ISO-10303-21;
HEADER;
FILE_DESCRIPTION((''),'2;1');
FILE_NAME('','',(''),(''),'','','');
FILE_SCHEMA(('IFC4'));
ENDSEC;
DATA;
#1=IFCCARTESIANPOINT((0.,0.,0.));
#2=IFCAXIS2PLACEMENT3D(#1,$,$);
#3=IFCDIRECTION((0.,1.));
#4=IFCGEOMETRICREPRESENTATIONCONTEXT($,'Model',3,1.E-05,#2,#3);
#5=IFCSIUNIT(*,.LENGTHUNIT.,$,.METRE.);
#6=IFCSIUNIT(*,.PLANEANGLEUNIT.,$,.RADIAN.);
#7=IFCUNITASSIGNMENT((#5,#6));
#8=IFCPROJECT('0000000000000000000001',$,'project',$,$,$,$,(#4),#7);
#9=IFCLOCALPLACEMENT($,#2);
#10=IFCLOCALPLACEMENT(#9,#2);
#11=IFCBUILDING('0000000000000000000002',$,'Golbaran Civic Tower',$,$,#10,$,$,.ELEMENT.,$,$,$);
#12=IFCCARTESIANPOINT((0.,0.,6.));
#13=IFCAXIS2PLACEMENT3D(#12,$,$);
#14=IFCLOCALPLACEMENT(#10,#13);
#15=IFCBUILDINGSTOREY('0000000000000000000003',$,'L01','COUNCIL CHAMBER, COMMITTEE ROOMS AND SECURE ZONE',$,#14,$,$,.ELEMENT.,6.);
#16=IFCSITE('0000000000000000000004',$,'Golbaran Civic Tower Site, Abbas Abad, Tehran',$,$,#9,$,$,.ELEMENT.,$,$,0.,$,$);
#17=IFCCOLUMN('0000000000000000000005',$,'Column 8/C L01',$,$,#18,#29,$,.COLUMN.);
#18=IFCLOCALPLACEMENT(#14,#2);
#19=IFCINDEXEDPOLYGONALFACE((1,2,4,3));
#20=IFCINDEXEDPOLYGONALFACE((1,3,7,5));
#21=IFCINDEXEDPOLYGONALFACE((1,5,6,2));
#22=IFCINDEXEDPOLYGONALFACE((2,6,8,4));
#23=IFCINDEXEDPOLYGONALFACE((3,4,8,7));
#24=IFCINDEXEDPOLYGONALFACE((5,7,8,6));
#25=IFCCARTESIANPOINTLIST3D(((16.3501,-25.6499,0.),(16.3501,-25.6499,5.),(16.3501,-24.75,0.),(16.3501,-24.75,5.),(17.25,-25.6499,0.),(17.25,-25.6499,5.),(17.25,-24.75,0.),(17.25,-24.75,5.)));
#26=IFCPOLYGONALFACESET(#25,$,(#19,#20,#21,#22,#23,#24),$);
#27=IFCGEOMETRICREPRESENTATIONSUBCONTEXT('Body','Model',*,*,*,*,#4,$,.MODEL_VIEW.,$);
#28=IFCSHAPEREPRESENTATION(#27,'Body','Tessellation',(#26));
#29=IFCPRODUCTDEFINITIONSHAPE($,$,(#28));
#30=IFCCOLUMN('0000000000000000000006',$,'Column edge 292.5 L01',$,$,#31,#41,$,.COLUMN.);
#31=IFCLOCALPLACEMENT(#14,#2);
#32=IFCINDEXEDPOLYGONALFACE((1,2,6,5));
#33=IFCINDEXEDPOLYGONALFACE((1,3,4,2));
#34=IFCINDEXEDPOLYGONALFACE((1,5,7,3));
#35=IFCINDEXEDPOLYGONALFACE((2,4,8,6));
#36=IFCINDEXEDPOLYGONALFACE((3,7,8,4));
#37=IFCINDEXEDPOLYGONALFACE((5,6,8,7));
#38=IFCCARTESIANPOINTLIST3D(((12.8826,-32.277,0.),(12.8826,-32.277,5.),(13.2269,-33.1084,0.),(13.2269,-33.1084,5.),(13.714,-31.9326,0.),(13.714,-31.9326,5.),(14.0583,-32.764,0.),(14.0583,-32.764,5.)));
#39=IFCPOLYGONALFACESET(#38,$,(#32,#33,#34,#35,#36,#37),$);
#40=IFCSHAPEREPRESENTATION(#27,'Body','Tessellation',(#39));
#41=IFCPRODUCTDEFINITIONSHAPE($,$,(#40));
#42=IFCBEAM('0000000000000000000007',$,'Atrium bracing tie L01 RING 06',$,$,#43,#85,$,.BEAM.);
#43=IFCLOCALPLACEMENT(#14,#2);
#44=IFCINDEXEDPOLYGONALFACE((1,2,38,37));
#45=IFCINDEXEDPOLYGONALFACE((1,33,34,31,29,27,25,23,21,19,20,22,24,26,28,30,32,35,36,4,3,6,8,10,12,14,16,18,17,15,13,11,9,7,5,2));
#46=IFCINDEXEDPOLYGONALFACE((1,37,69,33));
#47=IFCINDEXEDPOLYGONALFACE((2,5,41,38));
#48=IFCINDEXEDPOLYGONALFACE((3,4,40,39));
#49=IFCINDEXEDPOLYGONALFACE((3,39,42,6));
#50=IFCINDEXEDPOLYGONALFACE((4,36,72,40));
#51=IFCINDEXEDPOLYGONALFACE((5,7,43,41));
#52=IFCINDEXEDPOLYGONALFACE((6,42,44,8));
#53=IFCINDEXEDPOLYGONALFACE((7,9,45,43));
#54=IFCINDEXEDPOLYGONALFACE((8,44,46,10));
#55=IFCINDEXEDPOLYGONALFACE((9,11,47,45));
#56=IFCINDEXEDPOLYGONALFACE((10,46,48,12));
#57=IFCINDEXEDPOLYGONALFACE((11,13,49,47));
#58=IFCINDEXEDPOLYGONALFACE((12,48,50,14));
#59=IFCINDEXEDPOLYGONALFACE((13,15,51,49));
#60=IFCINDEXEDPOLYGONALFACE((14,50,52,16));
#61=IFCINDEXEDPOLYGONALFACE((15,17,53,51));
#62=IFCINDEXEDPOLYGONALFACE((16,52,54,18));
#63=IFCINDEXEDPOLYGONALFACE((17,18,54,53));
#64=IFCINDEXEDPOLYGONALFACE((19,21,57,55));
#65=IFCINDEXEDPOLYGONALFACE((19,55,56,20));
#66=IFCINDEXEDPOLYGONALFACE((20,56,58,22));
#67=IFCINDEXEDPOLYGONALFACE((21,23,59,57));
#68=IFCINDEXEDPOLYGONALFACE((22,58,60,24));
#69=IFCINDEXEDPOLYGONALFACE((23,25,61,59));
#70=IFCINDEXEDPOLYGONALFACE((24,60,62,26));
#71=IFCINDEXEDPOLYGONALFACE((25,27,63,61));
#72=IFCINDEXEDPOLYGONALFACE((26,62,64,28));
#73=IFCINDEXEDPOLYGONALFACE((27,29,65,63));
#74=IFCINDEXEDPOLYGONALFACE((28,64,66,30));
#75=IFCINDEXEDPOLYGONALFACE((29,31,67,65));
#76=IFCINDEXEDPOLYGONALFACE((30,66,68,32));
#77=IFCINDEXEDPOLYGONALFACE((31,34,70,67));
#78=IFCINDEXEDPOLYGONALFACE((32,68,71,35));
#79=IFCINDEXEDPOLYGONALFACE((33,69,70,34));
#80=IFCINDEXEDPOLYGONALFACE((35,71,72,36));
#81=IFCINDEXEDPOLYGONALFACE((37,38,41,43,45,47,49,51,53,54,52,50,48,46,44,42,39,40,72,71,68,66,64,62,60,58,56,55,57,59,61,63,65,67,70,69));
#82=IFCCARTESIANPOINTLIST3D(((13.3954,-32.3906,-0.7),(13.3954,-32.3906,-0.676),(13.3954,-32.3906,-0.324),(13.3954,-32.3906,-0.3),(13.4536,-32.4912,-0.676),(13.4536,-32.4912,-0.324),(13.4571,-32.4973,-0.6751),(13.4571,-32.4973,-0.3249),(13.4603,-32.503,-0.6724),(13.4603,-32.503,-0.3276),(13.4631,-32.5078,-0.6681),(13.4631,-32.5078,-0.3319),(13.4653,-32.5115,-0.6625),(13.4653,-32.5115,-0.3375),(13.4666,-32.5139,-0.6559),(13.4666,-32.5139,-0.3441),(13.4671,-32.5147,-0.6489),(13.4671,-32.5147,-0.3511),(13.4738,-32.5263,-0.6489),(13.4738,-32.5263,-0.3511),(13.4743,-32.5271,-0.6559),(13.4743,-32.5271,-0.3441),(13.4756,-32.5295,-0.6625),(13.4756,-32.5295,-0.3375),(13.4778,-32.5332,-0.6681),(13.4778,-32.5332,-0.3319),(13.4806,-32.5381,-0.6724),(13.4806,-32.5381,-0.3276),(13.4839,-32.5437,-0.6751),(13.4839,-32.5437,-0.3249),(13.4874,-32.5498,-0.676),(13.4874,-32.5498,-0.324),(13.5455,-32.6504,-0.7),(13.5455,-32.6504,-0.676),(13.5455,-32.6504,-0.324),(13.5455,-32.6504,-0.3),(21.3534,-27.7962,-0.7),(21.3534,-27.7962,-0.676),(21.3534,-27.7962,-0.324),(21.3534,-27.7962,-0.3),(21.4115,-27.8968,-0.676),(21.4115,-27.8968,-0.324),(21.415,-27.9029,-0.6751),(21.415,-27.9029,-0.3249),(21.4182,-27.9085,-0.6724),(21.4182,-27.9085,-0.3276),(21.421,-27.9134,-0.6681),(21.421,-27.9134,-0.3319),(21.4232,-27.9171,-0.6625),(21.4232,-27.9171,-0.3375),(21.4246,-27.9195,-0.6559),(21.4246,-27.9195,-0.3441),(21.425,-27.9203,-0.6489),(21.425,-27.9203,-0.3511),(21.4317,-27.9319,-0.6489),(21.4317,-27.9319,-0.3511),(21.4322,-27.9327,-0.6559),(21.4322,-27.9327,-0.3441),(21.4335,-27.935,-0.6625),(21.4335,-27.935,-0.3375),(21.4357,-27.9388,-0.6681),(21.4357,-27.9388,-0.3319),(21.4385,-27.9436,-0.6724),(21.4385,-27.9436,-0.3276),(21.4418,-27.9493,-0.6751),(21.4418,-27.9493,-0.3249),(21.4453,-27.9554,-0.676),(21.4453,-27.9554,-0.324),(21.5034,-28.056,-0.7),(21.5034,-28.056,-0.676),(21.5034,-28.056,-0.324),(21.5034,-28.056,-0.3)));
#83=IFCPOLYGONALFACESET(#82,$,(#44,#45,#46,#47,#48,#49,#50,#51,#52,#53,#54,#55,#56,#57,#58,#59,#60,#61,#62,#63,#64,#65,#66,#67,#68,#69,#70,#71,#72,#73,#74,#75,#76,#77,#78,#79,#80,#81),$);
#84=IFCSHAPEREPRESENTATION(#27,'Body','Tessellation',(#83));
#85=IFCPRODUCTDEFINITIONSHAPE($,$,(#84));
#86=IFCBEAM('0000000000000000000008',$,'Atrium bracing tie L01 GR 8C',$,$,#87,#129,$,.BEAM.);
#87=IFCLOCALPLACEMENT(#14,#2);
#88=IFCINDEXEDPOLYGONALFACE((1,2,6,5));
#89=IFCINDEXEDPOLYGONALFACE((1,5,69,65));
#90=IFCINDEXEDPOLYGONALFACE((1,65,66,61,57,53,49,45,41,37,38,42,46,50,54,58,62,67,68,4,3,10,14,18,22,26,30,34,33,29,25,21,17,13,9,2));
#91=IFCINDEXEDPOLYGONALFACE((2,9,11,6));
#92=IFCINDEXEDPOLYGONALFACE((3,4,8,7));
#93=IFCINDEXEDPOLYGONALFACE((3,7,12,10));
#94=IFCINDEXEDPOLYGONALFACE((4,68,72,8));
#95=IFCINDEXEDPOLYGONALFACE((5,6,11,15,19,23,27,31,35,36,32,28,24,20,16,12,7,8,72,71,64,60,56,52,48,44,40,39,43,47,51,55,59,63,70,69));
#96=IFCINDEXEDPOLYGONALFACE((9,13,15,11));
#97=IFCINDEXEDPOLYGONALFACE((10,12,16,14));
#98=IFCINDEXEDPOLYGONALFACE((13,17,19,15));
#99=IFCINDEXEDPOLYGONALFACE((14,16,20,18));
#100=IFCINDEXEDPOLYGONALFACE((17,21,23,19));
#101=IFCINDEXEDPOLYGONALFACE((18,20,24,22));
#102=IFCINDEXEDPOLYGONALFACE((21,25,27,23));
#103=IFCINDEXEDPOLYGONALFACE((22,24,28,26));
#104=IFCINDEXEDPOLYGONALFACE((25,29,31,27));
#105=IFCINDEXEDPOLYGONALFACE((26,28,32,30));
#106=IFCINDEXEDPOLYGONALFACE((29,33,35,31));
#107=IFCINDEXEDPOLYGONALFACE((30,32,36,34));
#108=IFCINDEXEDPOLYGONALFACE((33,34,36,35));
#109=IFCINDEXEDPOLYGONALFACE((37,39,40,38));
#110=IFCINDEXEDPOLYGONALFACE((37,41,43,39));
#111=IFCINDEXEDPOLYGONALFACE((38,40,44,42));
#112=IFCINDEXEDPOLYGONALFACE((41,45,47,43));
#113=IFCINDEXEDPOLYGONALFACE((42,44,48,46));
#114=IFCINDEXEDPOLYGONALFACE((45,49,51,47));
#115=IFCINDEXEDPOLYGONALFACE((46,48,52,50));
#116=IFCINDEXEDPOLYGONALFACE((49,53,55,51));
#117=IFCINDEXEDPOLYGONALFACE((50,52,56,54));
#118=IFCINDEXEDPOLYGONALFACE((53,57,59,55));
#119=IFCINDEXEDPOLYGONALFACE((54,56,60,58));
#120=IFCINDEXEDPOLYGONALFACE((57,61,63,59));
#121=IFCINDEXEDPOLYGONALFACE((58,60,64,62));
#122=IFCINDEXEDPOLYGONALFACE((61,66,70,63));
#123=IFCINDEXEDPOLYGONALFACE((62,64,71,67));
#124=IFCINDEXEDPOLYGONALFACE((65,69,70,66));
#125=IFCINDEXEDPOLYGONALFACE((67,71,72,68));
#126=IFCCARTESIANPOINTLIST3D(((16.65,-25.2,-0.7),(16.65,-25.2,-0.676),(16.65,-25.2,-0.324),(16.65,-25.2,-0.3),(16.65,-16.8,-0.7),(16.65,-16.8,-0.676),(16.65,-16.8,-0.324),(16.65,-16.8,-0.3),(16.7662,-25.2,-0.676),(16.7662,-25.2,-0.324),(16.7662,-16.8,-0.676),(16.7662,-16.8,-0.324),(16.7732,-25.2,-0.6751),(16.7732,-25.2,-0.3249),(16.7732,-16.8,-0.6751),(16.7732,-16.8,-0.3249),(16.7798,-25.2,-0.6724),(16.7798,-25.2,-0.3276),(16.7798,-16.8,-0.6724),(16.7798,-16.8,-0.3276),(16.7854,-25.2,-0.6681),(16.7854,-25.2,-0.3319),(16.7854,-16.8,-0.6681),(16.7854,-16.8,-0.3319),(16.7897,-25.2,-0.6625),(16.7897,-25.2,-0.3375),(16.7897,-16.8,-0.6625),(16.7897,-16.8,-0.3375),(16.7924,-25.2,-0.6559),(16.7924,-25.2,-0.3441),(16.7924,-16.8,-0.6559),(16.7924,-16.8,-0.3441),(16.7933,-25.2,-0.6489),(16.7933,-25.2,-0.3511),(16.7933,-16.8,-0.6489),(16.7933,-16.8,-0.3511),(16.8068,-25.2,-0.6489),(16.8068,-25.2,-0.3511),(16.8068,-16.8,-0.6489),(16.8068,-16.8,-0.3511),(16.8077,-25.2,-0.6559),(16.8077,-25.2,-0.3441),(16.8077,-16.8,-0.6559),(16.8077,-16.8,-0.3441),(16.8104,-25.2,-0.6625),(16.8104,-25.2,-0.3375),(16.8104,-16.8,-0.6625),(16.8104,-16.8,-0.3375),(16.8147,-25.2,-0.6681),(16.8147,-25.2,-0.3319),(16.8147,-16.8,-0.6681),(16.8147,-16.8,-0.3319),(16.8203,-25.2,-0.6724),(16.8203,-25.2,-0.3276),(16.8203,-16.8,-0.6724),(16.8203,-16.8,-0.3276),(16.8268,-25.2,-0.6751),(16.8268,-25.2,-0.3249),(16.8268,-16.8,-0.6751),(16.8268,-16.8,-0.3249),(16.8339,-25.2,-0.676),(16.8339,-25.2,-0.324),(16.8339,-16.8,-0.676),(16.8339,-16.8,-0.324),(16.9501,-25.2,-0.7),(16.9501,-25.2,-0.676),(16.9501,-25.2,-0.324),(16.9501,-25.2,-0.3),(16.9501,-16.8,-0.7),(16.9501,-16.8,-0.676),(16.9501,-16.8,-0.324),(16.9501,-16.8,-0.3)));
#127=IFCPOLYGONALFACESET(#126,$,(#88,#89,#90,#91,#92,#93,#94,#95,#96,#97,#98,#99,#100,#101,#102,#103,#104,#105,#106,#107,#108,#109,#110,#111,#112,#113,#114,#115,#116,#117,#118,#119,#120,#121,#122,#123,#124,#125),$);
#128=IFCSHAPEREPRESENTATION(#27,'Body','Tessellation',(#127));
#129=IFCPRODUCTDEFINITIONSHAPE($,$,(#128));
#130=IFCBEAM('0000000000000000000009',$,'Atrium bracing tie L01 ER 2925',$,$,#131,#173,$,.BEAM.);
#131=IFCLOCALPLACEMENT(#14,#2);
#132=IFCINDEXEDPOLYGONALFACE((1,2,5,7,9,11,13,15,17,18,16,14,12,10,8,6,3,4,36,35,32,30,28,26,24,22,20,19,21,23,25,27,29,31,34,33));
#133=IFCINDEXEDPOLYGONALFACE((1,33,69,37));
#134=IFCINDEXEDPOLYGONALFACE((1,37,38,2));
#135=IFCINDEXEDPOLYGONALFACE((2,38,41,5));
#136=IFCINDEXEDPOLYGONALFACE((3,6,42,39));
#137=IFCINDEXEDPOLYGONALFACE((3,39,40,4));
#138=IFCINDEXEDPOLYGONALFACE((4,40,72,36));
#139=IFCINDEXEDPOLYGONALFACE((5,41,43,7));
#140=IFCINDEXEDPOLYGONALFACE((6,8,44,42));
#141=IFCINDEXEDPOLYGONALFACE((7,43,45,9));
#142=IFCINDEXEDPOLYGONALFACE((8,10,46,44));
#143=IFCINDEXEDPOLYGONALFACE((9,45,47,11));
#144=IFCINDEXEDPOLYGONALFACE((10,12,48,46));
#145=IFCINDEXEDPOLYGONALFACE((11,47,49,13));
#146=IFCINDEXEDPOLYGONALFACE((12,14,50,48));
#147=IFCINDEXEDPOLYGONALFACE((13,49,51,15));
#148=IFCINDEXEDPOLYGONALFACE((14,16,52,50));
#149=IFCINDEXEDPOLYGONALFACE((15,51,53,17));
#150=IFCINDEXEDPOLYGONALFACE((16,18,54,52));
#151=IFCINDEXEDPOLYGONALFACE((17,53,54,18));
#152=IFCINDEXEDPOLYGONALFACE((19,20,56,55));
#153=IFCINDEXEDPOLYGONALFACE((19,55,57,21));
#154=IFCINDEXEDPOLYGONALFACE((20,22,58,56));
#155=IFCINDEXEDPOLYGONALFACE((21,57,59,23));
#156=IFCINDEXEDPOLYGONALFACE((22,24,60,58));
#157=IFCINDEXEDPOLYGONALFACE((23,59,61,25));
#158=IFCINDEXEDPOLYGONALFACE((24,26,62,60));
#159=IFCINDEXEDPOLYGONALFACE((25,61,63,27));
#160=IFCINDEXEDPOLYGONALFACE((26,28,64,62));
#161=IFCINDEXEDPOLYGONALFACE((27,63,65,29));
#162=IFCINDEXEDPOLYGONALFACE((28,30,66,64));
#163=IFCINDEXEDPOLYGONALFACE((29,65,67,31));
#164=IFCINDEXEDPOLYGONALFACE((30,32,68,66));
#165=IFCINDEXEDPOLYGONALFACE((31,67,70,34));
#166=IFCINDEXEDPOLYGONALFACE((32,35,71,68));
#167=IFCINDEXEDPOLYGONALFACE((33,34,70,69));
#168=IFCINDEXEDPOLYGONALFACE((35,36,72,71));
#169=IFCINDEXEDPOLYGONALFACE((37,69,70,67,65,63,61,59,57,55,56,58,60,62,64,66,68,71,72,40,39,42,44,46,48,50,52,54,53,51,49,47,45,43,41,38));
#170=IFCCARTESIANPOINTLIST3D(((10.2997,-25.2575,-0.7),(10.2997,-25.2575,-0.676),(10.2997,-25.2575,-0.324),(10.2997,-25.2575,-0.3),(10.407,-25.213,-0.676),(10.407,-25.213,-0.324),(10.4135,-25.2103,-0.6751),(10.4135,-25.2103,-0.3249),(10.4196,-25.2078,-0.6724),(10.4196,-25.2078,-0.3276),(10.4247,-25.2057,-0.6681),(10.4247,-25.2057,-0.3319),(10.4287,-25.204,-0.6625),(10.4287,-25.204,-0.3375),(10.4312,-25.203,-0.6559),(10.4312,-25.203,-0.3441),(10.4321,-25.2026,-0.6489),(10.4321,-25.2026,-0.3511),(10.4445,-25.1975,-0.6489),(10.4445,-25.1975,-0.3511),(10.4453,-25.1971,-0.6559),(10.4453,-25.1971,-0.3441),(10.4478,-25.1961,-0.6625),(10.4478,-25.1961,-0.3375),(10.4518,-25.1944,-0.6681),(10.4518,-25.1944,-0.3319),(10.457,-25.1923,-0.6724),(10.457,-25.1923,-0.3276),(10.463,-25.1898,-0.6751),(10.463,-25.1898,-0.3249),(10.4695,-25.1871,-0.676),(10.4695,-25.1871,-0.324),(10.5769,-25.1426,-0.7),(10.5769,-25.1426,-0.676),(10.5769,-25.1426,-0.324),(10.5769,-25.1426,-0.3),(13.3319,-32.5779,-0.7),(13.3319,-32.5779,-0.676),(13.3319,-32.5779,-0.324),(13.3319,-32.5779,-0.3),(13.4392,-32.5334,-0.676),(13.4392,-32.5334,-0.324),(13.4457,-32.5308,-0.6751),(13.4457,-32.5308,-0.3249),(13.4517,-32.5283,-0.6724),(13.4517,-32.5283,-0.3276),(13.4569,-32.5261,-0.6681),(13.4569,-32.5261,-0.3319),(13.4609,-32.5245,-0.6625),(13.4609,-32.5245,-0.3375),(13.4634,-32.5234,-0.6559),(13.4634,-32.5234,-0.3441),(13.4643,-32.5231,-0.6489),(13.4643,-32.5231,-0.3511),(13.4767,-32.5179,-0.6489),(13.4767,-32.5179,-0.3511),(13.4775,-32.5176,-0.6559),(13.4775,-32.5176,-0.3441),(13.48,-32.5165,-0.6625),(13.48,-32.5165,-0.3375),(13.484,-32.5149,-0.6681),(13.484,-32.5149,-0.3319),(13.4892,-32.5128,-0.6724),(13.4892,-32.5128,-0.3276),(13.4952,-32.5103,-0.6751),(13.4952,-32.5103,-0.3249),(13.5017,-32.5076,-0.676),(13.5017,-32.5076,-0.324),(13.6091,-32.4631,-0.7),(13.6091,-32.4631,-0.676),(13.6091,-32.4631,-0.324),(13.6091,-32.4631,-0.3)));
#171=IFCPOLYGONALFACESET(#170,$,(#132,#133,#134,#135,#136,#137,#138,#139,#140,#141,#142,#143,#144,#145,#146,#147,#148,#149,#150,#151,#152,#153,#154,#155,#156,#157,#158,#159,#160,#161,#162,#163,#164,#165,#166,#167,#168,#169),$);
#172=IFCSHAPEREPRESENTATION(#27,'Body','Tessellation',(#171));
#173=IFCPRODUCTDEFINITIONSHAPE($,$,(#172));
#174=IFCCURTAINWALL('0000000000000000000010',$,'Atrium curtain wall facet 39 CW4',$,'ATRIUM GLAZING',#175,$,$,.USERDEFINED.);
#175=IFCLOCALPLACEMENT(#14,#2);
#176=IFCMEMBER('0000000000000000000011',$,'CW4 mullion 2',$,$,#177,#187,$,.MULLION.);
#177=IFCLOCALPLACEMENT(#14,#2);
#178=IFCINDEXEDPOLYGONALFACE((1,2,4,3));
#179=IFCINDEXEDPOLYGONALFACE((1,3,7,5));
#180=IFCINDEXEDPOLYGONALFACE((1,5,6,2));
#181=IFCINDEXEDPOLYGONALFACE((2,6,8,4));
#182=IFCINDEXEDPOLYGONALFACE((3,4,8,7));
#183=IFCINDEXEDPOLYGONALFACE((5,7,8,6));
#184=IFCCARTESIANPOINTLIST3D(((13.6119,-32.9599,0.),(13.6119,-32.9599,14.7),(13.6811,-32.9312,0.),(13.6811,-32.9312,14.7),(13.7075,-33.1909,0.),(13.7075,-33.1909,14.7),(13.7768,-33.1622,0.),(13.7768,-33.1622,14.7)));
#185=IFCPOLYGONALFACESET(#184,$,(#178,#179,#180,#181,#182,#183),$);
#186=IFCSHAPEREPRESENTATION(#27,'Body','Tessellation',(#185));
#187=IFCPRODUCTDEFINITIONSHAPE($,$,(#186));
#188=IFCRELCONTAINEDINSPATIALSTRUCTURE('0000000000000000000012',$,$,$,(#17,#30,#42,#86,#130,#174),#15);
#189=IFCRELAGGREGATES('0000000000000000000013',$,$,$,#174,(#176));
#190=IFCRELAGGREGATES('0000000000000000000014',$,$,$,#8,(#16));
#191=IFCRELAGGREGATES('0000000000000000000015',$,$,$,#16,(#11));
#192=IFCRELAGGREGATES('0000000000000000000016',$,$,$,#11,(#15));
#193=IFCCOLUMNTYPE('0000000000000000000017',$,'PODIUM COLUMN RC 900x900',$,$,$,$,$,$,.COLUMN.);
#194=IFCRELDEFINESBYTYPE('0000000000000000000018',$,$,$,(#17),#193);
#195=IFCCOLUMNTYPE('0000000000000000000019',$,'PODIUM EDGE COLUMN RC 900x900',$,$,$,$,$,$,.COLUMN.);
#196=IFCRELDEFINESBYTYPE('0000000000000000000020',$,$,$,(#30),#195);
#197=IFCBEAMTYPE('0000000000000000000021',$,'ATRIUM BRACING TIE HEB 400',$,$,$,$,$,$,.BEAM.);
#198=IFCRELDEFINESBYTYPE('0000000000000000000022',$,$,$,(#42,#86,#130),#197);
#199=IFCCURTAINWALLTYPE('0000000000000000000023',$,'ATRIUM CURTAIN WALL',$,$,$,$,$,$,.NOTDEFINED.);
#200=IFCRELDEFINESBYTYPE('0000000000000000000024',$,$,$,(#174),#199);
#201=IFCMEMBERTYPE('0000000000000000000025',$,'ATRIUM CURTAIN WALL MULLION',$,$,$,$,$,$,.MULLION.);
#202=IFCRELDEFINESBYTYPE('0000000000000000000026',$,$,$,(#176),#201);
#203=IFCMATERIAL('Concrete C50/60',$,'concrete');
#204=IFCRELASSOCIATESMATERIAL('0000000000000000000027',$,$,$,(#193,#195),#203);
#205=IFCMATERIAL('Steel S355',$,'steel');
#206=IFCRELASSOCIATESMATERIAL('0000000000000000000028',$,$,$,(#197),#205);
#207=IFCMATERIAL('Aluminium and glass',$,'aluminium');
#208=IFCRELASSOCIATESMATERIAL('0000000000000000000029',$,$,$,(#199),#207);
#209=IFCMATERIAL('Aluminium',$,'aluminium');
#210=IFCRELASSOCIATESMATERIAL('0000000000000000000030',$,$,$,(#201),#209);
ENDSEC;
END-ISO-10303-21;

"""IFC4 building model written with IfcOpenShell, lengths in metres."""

from ifc_helpers import new_model, si_unit, direction, frame, origin, origin_2d, place, context, subcontext, project, spatial, rectangle, i_section, extrude, material, material_profile, profile_set, type_object, element, aggregate, save


model = new_model("IFC4")

# Units and contexts
model_context = context("Model", 3, precision=1e-05, world=origin(), true_north=direction((0.0, 1.0)))
body_context = subcontext(model_context, "Body", "Model", "MODEL_VIEW")
ifc_project = project(units=[si_unit("LENGTHUNIT", "METRE"), si_unit("PLANEANGLEUNIT", "RADIAN")], contexts=[model_context])

# Site, building, storey
site_placement = place(None, origin())
site = spatial("IfcSite", under=ifc_project, at=site_placement, Name="Golbaran Civic Tower Site, Abbas Abad, Tehran", CompositionType="ELEMENT", RefElevation=0.0)
building_placement = place(site_placement, origin())
building = spatial("IfcBuilding", under=site, at=building_placement, Name="Golbaran Civic Tower", CompositionType="ELEMENT")
storey_placement = place(building_placement, frame((0.0, 0.0, 6.0)))
storey = spatial("IfcBuildingStorey", under=building, at=storey_placement, Name="L01", Description="COUNCIL CHAMBER, COMMITTEE ROOMS AND SECURE ZONE", CompositionType="ELEMENT", Elevation=6.0)

# Columns
ifc_material_1 = material(Name="Concrete C50/60", Category="concrete")
ifc_material_profile_1 = material_profile(ifc_material_1, rectangle(XDim=0.8999, YDim=0.8999, at=origin_2d()), Name="RC 900x900")
ifc_profile_set_1 = profile_set([ifc_material_profile_1], Name="Concrete C50/60")
column_type_1 = type_object("IfcColumnType", Name="PODIUM COLUMN RC 900x900", PredefinedType="COLUMN", material=ifc_profile_set_1)
column_1_placement = place(storey_placement, frame((16.8, -25.2, 0.0), z_axis=(0.0, 0.0, 1.0), x_axis=(1.0, 0.0, 0.0)))
element("IfcColumn", 1, at=column_1_placement, inside=storey, type_object=column_type_1, Name="Column 8/C L01", PredefinedType="COLUMN", context=body_context, shape_type="SweptSolid", body=[
    extrude(rectangle(XDim=0.8999, YDim=0.8999, at=origin_2d()), origin(), (0.0, 0.0, 1.0), 5.0),
])
ifc_material_profile_2 = material_profile(ifc_material_1, rectangle(XDim=0.8999, YDim=0.8999, at=origin_2d()), Name="RC 900x900")
ifc_profile_set_2 = profile_set([ifc_material_profile_2], Name="Concrete C50/60")
column_type_2 = type_object("IfcColumnType", Name="PODIUM EDGE COLUMN RC 900x900", PredefinedType="COLUMN", material=ifc_profile_set_2)
column_2_placement = place(storey_placement, frame((13.4705, -32.5205, 0.0), z_axis=(0.0, 0.0, 1.0), x_axis=(0.382683, -0.92388, 0.0)))
element("IfcColumn", 2, at=column_2_placement, inside=storey, type_object=column_type_2, Name="Column edge 292.5 L01", PredefinedType="COLUMN", context=body_context, shape_type="SweptSolid", body=[
    extrude(rectangle(XDim=0.8999, YDim=0.8999, at=origin_2d()), origin(), (0.0, 0.0, 1.0), 5.0),
])

# Beams
ifc_material_2 = material(Name="Steel S355", Category="steel")
ifc_material_profile_3 = material_profile(ifc_material_2, i_section(OverallWidth=0.3, OverallDepth=0.3999, WebThickness=0.0134, FlangeThickness=0.0239, FilletRadius=0.0271, at=origin_2d()), Name="HEB 400")
ifc_profile_set_3 = profile_set([ifc_material_profile_3], Name="Steel S355")
beam_type = type_object("IfcBeamType", Name="ATRIUM BRACING TIE HEB 400", PredefinedType="BEAM", material=ifc_profile_set_3)
beam_1_placement = place(storey_placement, frame((13.4705, -32.5205, -0.5), z_axis=(0.866029, 0.499994, 0.0), x_axis=(-0.499994, 0.866029, 0.0)))
element("IfcBeam", 3, at=beam_1_placement, inside=storey, type_object=beam_type, Name="Atrium bracing tie L01 RING 06", PredefinedType="BEAM", context=body_context, shape_type="SweptSolid", body=[
    extrude(i_section(OverallWidth=0.3, OverallDepth=0.3999, WebThickness=0.0134, FlangeThickness=0.0239, FilletRadius=0.0271, at=origin_2d()), origin(), (0.0, 0.0, 1.0), 9.189),
])
beam_2_placement = place(storey_placement, frame((16.8, -25.2, -0.5), z_axis=(0.0, 1.0, 0.0), x_axis=(-1.0, 0.0, 0.0)))
element("IfcBeam", 4, at=beam_2_placement, inside=storey, type_object=beam_type, Name="Atrium bracing tie L01 GR 8C", PredefinedType="BEAM", context=body_context, shape_type="SweptSolid", body=[
    extrude(i_section(OverallWidth=0.3, OverallDepth=0.3999, WebThickness=0.0134, FlangeThickness=0.0239, FilletRadius=0.0271, at=origin_2d()), origin(), (0.0, 0.0, 1.0), 8.3999),
])
beam_3_placement = place(storey_placement, frame((13.4705, -32.5205, -0.5), z_axis=(-0.382678, 0.923882, 0.0), x_axis=(-0.923882, -0.382678, 0.0)))
element("IfcBeam", 5, at=beam_3_placement, inside=storey, type_object=beam_type, Name="Atrium bracing tie L01 ER 2925", PredefinedType="BEAM", context=body_context, shape_type="SweptSolid", body=[
    extrude(i_section(OverallWidth=0.3, OverallDepth=0.3999, WebThickness=0.0134, FlangeThickness=0.0239, FilletRadius=0.0271, at=origin_2d()), origin(), (0.0, 0.0, 1.0), 7.9236),
])

# Curtain wall, member
ifc_material_3 = material(Name="Aluminium and glass", Category="aluminium")
curtain_wall_type = type_object("IfcCurtainWallType", Name="ATRIUM CURTAIN WALL", PredefinedType="NOTDEFINED", material=ifc_material_3)
curtain_wall_1_placement = place(storey_placement, origin())
curtain_wall_1 = element("IfcCurtainWall", 6, at=curtain_wall_1_placement, inside=storey, type_object=curtain_wall_type, Name="Atrium curtain wall facet 39 CW4", ObjectType="ATRIUM GLAZING", PredefinedType="USERDEFINED")
ifc_material_4 = material(Name="Aluminium", Category="aluminium")
ifc_material_profile_4 = material_profile(ifc_material_4, rectangle(XDim=0.25, YDim=0.075, at=origin_2d()), Name="ATRIUM CURTAIN WALL MULLION")
ifc_profile_set_4 = profile_set([ifc_material_profile_4], Name="Aluminium")
member_type_1 = type_object("IfcMemberType", Name="ATRIUM CURTAIN WALL MULLION", PredefinedType="MULLION", material=ifc_profile_set_4)
member_1_placement = place(storey_placement, frame((13.6943, -33.061, 0.0), z_axis=(0.0, 0.0, 1.0), x_axis=(-0.382683, 0.92388, 0.0)))
member_1 = element("IfcMember", 7, at=member_1_placement, type_object=member_type_1, Name="CW4 mullion 2", PredefinedType="MULLION", context=body_context, shape_type="SweptSolid", body=[
    extrude(rectangle(XDim=0.25, YDim=0.075, at=origin_2d()), origin(), (0.0, 0.0, 1.0), 14.7),
])

aggregate(curtain_wall_1, [member_1])

save(model, "model.ifc")
